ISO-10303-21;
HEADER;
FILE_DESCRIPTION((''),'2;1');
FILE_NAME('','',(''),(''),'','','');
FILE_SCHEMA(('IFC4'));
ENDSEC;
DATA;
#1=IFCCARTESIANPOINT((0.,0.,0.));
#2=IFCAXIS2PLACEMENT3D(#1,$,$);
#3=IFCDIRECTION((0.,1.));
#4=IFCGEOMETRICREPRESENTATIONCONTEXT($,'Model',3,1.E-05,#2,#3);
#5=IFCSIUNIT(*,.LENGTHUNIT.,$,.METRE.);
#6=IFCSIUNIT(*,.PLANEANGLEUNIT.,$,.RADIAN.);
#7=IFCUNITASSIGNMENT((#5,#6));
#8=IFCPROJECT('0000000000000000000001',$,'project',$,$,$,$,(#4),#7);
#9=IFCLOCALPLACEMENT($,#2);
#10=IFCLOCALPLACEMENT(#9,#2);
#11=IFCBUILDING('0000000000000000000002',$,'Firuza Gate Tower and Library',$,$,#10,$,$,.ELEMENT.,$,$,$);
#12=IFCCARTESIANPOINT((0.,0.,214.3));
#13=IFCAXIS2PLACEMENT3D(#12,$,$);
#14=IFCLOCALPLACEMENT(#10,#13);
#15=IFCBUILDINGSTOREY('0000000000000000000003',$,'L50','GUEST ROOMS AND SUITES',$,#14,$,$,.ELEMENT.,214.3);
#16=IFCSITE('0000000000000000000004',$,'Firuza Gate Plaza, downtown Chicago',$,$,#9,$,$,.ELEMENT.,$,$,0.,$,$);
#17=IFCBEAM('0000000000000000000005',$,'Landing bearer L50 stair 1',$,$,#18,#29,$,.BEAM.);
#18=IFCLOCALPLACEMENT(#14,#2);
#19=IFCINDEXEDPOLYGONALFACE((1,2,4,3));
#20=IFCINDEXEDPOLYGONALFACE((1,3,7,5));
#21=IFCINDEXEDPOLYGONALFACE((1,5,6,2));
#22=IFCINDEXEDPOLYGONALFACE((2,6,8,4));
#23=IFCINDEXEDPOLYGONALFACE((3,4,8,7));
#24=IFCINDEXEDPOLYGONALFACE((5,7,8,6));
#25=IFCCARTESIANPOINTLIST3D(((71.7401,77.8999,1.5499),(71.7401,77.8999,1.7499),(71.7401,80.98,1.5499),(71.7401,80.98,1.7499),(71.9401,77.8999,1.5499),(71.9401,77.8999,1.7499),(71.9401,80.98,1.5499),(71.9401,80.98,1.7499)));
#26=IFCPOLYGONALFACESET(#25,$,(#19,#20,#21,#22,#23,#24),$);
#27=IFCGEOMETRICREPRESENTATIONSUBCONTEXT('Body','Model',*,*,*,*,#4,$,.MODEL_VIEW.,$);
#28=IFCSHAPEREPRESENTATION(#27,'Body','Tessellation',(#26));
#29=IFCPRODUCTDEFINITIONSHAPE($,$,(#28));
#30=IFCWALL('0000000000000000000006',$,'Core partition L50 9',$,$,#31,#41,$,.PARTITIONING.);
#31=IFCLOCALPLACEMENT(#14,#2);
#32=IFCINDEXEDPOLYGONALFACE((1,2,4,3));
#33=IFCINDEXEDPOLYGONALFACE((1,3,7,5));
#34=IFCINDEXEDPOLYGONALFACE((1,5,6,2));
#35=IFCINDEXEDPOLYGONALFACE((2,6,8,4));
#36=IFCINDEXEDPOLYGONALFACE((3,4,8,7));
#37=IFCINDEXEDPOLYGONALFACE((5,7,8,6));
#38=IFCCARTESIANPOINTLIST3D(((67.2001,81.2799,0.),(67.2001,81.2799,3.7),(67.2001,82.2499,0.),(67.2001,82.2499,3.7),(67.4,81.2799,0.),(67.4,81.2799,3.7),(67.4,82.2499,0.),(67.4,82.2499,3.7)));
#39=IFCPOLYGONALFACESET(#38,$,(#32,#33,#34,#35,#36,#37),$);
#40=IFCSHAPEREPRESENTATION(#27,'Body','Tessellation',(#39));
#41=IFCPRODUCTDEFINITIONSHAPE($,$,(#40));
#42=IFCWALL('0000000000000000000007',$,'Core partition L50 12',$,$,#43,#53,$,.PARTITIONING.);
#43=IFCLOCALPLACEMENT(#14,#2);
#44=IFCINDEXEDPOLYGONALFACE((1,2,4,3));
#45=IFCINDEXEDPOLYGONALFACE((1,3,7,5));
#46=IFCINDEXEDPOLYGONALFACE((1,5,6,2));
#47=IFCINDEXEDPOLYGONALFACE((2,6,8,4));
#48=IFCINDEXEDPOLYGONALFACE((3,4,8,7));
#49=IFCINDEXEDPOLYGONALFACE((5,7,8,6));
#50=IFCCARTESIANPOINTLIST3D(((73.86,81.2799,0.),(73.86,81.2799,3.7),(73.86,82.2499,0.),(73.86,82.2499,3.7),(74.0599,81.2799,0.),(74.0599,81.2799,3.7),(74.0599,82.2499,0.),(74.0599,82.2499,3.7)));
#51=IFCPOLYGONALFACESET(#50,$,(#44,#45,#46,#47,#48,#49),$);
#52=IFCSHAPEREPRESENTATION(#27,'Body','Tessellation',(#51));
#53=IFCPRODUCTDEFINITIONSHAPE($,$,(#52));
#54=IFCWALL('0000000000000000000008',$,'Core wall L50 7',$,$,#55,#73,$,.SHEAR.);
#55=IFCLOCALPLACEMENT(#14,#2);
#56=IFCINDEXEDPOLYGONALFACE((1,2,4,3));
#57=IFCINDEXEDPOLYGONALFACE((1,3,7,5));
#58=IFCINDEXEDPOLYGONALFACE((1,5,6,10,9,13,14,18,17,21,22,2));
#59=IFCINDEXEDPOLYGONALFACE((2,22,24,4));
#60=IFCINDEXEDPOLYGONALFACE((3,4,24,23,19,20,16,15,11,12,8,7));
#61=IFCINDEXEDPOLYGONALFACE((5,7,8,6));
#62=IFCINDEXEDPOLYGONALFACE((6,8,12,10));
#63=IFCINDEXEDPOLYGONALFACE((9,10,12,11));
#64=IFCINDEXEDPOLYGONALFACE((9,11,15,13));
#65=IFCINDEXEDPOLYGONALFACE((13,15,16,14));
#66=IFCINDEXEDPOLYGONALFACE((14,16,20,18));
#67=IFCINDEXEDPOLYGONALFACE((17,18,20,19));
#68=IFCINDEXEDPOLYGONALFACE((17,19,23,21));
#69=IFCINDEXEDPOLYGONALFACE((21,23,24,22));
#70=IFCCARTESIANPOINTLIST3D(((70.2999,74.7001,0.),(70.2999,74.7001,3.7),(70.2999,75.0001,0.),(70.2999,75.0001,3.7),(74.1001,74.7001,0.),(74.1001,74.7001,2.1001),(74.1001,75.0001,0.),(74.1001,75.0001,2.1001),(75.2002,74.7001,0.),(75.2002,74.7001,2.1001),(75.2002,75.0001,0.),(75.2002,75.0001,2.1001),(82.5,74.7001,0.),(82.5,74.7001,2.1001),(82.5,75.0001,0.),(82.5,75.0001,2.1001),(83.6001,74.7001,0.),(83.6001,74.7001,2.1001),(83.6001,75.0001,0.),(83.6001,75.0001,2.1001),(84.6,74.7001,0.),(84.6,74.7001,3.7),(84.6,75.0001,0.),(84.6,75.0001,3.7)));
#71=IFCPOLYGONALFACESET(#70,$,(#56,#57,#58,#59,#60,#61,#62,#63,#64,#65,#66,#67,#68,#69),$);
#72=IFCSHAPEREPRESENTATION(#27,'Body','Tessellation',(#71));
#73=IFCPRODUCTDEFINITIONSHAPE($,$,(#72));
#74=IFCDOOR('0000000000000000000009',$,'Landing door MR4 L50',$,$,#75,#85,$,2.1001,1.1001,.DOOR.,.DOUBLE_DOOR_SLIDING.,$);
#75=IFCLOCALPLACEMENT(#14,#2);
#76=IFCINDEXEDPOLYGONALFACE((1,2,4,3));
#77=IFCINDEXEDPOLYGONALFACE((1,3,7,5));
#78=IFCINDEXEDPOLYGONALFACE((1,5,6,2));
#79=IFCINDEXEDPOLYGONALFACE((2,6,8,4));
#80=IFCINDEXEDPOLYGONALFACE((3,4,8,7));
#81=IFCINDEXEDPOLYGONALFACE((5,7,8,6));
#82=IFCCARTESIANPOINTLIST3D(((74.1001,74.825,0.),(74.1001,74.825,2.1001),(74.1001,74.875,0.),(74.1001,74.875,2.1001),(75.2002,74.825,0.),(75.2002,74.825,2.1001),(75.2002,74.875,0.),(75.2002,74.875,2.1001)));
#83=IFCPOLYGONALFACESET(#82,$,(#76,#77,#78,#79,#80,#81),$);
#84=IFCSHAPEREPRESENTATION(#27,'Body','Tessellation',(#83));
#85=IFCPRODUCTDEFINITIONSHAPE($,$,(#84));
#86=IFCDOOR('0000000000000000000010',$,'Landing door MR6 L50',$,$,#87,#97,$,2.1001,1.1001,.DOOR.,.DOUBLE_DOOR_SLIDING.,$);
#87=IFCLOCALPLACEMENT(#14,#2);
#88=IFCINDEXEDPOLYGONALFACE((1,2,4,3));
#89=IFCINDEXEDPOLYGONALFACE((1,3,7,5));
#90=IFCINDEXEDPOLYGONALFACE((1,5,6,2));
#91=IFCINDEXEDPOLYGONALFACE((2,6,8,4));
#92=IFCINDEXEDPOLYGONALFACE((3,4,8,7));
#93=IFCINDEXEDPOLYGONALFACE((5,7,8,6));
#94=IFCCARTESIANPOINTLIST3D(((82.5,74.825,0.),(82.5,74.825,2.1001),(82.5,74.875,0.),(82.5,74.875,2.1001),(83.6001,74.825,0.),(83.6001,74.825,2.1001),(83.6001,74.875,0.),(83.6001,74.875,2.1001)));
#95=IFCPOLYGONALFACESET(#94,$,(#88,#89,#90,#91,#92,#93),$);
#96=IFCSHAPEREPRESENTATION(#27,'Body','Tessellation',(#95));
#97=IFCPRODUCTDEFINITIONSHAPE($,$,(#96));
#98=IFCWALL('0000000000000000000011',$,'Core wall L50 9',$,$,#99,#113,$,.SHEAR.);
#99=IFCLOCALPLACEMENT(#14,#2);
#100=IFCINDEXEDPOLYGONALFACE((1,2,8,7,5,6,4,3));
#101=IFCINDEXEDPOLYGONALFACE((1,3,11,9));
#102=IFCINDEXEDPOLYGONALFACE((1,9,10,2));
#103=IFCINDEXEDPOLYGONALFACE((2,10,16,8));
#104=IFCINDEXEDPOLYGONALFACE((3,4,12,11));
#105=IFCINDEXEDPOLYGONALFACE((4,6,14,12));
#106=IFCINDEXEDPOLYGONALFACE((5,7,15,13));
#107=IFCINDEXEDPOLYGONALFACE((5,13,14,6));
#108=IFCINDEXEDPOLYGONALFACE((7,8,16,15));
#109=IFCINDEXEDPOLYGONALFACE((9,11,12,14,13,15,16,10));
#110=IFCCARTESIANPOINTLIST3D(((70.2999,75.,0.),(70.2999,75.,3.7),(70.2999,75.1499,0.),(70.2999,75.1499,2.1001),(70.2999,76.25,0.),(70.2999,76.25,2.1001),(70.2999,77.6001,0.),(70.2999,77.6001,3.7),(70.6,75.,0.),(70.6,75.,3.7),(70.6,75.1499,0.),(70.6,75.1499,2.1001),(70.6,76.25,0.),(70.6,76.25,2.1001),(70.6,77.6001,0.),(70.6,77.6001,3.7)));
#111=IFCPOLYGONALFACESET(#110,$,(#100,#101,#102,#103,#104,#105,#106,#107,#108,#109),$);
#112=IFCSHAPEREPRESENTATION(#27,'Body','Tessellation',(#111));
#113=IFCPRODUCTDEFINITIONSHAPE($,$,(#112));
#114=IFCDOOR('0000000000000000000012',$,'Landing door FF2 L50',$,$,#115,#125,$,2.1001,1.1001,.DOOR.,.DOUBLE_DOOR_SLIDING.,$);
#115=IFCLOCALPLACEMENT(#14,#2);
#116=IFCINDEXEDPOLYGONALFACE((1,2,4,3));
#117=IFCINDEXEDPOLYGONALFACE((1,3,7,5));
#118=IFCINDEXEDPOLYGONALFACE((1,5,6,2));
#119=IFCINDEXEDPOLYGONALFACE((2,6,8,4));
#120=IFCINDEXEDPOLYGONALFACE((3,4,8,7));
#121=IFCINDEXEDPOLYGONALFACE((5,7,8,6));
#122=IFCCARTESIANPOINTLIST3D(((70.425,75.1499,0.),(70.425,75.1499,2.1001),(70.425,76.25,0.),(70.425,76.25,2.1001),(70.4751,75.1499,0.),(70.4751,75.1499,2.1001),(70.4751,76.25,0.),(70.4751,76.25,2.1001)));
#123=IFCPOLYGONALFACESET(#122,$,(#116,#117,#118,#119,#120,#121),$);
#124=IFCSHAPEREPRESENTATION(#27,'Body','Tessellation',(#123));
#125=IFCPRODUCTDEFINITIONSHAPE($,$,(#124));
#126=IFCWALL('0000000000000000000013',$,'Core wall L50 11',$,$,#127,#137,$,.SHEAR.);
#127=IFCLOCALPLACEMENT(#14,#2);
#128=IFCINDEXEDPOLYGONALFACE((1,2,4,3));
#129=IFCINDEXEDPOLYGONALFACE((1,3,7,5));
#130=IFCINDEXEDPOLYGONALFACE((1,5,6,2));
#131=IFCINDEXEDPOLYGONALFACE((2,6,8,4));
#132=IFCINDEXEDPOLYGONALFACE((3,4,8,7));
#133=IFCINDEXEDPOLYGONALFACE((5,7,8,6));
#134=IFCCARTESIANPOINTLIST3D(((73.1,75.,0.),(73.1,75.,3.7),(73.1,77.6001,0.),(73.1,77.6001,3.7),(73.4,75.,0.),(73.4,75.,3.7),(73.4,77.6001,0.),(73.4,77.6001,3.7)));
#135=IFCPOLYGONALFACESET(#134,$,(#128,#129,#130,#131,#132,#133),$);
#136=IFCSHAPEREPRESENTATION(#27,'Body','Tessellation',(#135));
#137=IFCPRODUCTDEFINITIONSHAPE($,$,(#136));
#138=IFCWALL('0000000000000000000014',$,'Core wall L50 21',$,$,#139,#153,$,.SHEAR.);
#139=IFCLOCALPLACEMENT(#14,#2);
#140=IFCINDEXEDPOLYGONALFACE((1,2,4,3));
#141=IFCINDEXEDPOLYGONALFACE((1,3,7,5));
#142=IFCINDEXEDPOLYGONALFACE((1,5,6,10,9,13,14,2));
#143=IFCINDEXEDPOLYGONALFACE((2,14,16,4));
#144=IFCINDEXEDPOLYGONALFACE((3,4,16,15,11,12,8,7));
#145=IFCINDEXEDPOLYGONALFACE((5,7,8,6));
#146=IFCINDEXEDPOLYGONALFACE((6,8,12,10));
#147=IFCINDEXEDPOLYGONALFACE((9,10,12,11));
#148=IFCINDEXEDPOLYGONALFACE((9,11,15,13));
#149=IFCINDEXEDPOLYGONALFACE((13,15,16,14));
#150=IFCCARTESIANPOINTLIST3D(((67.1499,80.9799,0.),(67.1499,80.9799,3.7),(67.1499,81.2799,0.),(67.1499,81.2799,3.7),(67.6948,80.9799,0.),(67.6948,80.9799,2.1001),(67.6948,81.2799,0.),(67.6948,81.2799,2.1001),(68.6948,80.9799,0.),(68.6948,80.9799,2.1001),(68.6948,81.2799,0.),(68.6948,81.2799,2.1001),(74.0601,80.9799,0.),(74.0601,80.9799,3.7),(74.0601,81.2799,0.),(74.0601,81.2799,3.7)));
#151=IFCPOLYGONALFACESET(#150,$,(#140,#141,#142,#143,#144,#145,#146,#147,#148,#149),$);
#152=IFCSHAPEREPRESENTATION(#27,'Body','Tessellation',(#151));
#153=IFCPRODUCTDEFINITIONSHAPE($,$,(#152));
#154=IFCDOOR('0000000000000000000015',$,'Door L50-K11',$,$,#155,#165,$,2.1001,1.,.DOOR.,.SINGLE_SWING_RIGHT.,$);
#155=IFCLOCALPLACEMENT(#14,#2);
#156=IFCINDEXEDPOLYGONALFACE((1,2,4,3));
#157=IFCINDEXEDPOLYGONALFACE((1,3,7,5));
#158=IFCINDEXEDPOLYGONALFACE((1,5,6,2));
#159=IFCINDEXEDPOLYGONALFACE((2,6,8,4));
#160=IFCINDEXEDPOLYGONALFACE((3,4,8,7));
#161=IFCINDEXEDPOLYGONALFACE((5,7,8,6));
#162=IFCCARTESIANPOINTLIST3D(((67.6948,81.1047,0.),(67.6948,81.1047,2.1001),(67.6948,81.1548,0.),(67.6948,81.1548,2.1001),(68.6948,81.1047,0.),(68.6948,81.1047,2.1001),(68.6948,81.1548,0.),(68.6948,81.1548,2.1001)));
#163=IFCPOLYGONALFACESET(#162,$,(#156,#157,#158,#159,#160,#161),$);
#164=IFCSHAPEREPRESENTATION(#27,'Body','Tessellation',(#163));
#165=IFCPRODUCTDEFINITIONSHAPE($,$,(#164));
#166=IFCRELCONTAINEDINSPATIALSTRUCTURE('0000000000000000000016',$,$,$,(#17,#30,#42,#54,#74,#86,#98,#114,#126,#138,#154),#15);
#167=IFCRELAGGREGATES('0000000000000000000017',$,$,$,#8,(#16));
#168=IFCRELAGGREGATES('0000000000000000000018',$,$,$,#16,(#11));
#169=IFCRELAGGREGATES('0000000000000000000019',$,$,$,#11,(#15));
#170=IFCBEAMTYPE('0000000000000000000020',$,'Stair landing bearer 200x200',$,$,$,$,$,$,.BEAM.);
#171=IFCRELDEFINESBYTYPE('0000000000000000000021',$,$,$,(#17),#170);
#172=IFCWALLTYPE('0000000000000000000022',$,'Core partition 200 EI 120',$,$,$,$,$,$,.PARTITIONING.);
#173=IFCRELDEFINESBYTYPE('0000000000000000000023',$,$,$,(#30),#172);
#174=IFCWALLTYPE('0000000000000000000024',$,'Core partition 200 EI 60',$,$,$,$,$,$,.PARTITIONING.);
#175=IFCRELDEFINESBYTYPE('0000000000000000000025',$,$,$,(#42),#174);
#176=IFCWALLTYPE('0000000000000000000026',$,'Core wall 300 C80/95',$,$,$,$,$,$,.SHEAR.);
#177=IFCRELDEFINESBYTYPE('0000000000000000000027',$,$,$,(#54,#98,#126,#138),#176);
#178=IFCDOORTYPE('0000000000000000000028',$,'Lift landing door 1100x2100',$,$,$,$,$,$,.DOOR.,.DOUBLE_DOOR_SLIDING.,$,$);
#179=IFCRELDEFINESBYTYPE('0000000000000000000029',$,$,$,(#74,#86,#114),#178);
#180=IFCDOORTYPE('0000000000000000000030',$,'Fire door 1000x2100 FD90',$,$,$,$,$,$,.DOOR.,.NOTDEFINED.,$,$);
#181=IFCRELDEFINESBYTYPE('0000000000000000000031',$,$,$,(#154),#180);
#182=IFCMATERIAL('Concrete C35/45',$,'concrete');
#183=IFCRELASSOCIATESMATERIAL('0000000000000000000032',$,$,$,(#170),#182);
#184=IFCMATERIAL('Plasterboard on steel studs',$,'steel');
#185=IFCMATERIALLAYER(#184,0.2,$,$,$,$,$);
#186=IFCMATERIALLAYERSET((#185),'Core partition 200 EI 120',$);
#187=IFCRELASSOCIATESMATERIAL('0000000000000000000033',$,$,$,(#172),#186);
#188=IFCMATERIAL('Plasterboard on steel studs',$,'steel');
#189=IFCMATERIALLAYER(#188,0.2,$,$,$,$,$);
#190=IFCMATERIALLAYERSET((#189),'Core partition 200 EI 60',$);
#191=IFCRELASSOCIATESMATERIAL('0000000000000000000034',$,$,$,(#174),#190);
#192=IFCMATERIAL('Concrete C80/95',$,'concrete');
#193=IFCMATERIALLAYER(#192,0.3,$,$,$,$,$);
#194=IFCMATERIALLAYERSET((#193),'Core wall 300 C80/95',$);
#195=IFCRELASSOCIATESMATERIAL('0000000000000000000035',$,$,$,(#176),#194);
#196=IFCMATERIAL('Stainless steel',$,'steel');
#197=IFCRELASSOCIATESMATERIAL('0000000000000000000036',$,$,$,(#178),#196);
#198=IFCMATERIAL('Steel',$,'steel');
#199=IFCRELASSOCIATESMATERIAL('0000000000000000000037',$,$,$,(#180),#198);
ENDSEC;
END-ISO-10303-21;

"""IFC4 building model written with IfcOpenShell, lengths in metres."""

from ifc_helpers import new_model, si_unit, direction, frame, frame_2d, origin, origin_2d, place, context, subcontext, project, spatial, rectangle, extrude, material, layer, layer_set, material_profile, profile_set, type_object, element, fill, save


model = new_model("IFC4")

# Units and contexts
model_context = context("Model", 3, precision=1e-05, world=origin(), true_north=direction((0.0, 1.0)))
body_context = subcontext(model_context, "Body", "Model", "MODEL_VIEW")
ifc_project = project(units=[si_unit("LENGTHUNIT", "METRE"), si_unit("PLANEANGLEUNIT", "RADIAN")], contexts=[model_context])

# Site, building, storey
site_placement = place(None, origin())
site = spatial("IfcSite", under=ifc_project, at=site_placement, Name="Firuza Gate Plaza, downtown Chicago", CompositionType="ELEMENT", RefElevation=0.0)
building_placement = place(site_placement, origin())
building = spatial("IfcBuilding", under=site, at=building_placement, Name="Firuza Gate Tower and Library", CompositionType="ELEMENT")
storey_placement = place(building_placement, frame((0.0, 0.0, 214.3)))
storey = spatial("IfcBuildingStorey", under=building, at=storey_placement, Name="L50", Description="GUEST ROOMS AND SUITES", CompositionType="ELEMENT", Elevation=214.3)

# Beam
ifc_material_1 = material(Name="Concrete C35/45", Category="concrete")
ifc_material_profile = material_profile(ifc_material_1, rectangle(XDim=0.2, YDim=0.2, at=origin_2d()))
ifc_profile_set = profile_set([ifc_material_profile], Name="Concrete C35/45")
beam_type = type_object("IfcBeamType", Name="Stair landing bearer 200x200", PredefinedType="BEAM", material=ifc_profile_set)
beam_placement = place(storey_placement, frame((71.8401, 77.8999, 1.6499), z_axis=(0.0, 1.0, 0.0), x_axis=(-1.0, 0.0, 0.0)))
element("IfcBeam", 1, at=beam_placement, inside=storey, type_object=beam_type, Name="Landing bearer L50 stair 1", PredefinedType="BEAM", context=body_context, shape_type="SweptSolid", body=[
    extrude(rectangle(XDim=0.2, YDim=0.2, at=origin_2d()), origin(), (0.0, 0.0, 1.0), 3.0801),
])

# Walls
ifc_material_2 = material(Name="Plasterboard on steel studs", Category="steel")
ifc_layer_1 = layer(ifc_material_2, 0.2)
ifc_layer_set_1 = layer_set([ifc_layer_1], Name="Core partition 200 EI 120")
wall_type_1 = type_object("IfcWallType", Name="Core partition 200 EI 120", PredefinedType="PARTITIONING", material=ifc_layer_set_1)
wall_1_placement = place(storey_placement, frame((67.3, 81.28, 0.0), z_axis=(0.0, 0.0, 1.0), x_axis=(0.0, 1.0, 0.0)))
element("IfcWall", 2, at=wall_1_placement, inside=storey, type_object=wall_type_1, Name="Core partition L50 9", PredefinedType="PARTITIONING", context=body_context, shape_type="SweptSolid", body=[
    extrude(rectangle(XDim=0.97, YDim=0.2, at=frame_2d((0.4849, 0.0))), origin(), (0.0, 0.0, 1.0), 3.7),
])
ifc_material_3 = material(Name="Plasterboard on steel studs", Category="steel")
ifc_layer_2 = layer(ifc_material_3, 0.2)
ifc_layer_set_2 = layer_set([ifc_layer_2], Name="Core partition 200 EI 60")
wall_type_2 = type_object("IfcWallType", Name="Core partition 200 EI 60", PredefinedType="PARTITIONING", material=ifc_layer_set_2)
wall_2_placement = place(storey_placement, frame((73.96, 81.28, 0.0), z_axis=(0.0, 0.0, 1.0), x_axis=(0.0, 1.0, 0.0)))
element("IfcWall", 3, at=wall_2_placement, inside=storey, type_object=wall_type_2, Name="Core partition L50 12", PredefinedType="PARTITIONING", context=body_context, shape_type="SweptSolid", body=[
    extrude(rectangle(XDim=0.97, YDim=0.2, at=frame_2d((0.4849, 0.0))), origin(), (0.0, 0.0, 1.0), 3.7),
])

# Wall, openings, doors
ifc_material_4 = material(Name="Concrete C80/95", Category="concrete")
ifc_layer_3 = layer(ifc_material_4, 0.3)
ifc_layer_set_3 = layer_set([ifc_layer_3], Name="Core wall 300 C80/95")
wall_type_3 = type_object("IfcWallType", Name="Core wall 300 C80/95", PredefinedType="SHEAR", material=ifc_layer_set_3)
wall_3_placement = place(storey_placement, frame((70.3, 74.8501, 0.0), z_axis=(0.0, 0.0, 1.0), x_axis=(1.0, 0.0, 0.0)))
wall_3 = element("IfcWall", 4, at=wall_3_placement, inside=storey, type_object=wall_type_3, Name="Core wall L50 7", PredefinedType="SHEAR", context=body_context, shape_type="SweptSolid", body=[
    extrude(rectangle(XDim=14.3, YDim=0.3, at=frame_2d((7.1499, 0.0))), origin(), (0.0, 0.0, 1.0), 3.7),
])
opening_1_placement = place(wall_3_placement, frame((3.8, 0.0, 0.0)))
opening_1 = element("IfcOpeningElement", 5, at=opening_1_placement, cuts=wall_3, PredefinedType="OPENING", context=body_context, shape_type="SweptSolid", body=[
    extrude(rectangle(XDim=1.1001, YDim=2.1001, at=frame_2d((0.55, 1.05))), frame((0.0, 0.1602, 0.0), z_axis=(0.0, -1.0, 0.0), x_axis=(1.0, 0.0, 0.0)), (0.0, 0.0, 1.0), 0.3201),
])
opening_2_placement = place(wall_3_placement, frame((12.2, 0.0, 0.0)))
opening_2 = element("IfcOpeningElement", 6, at=opening_2_placement, cuts=wall_3, PredefinedType="OPENING", context=body_context, shape_type="SweptSolid", body=[
    extrude(rectangle(XDim=1.1001, YDim=2.1001, at=frame_2d((0.55, 1.05))), frame((0.0, 0.1602, 0.0), z_axis=(0.0, -1.0, 0.0), x_axis=(1.0, 0.0, 0.0)), (0.0, 0.0, 1.0), 0.3201),
])
ifc_material_5 = material(Name="Stainless steel", Category="steel")
door_type_1 = type_object("IfcDoorType", Name="Lift landing door 1100x2100", OperationType="DOUBLE_DOOR_SLIDING", PredefinedType="DOOR", material=ifc_material_5)
door_1_placement = place(opening_1_placement, origin())
door_1 = element("IfcDoor", 7, at=door_1_placement, inside=storey, type_object=door_type_1, Name="Landing door MR4 L50", OperationType="DOUBLE_DOOR_SLIDING", OverallHeight=2.1001, OverallWidth=1.1001, PredefinedType="DOOR", context=body_context, shape_type="SweptSolid", body=[
    extrude(rectangle(XDim=1.1001, YDim=2.1001, at=frame_2d((0.55, 1.05))), frame((0.0, 0.0249, 0.0), z_axis=(0.0, -1.0, 0.0), x_axis=(1.0, 0.0, 0.0)), (0.0, 0.0, 1.0), 0.05),
])
fill(opening_1, door_1)
door_2_placement = place(opening_2_placement, origin())
door_2 = element("IfcDoor", 8, at=door_2_placement, inside=storey, type_object=door_type_1, Name="Landing door MR6 L50", OperationType="DOUBLE_DOOR_SLIDING", OverallHeight=2.1001, OverallWidth=1.1001, PredefinedType="DOOR", context=body_context, shape_type="SweptSolid", body=[
    extrude(rectangle(XDim=1.1001, YDim=2.1001, at=frame_2d((0.55, 1.05))), frame((0.0, 0.0249, 0.0), z_axis=(0.0, -1.0, 0.0), x_axis=(1.0, 0.0, 0.0)), (0.0, 0.0, 1.0), 0.05),
])
fill(opening_2, door_2)

# Wall, opening, door
wall_4_placement = place(storey_placement, frame((70.45, 75.0, 0.0), z_axis=(0.0, 0.0, 1.0), x_axis=(0.0, 1.0, 0.0)))
wall_4 = element("IfcWall", 9, at=wall_4_placement, inside=storey, type_object=wall_type_3, Name="Core wall L50 9", PredefinedType="SHEAR", context=body_context, shape_type="SweptSolid", body=[
    extrude(rectangle(XDim=2.6001, YDim=0.3, at=frame_2d((1.3, 0.0))), origin(), (0.0, 0.0, 1.0), 3.7),
])
opening_3_placement = place(wall_4_placement, frame((0.1499, 0.0, 0.0)))
opening_3 = element("IfcOpeningElement", 10, at=opening_3_placement, cuts=wall_4, PredefinedType="OPENING", context=body_context, shape_type="SweptSolid", body=[
    extrude(rectangle(XDim=1.1001, YDim=2.1001, at=frame_2d((0.55, 1.05))), frame((0.0, 0.1602, 0.0), z_axis=(0.0, -1.0, 0.0), x_axis=(1.0, 0.0, 0.0)), (0.0, 0.0, 1.0), 0.3201),
])
door_3_placement = place(opening_3_placement, origin())
door_3 = element("IfcDoor", 11, at=door_3_placement, inside=storey, type_object=door_type_1, Name="Landing door FF2 L50", OperationType="DOUBLE_DOOR_SLIDING", OverallHeight=2.1001, OverallWidth=1.1001, PredefinedType="DOOR", context=body_context, shape_type="SweptSolid", body=[
    extrude(rectangle(XDim=1.1001, YDim=2.1001, at=frame_2d((0.55, 1.05))), frame((0.0, 0.0249, 0.0), z_axis=(0.0, -1.0, 0.0), x_axis=(1.0, 0.0, 0.0)), (0.0, 0.0, 1.0), 0.05),
])
fill(opening_3, door_3)

# Wall
wall_5_placement = place(storey_placement, frame((73.25, 75.0, 0.0), z_axis=(0.0, 0.0, 1.0), x_axis=(0.0, 1.0, 0.0)))
element("IfcWall", 12, at=wall_5_placement, inside=storey, type_object=wall_type_3, Name="Core wall L50 11", PredefinedType="SHEAR", context=body_context, shape_type="SweptSolid", body=[
    extrude(rectangle(XDim=2.6001, YDim=0.3, at=frame_2d((1.3, 0.0))), origin(), (0.0, 0.0, 1.0), 3.7),
])

# Wall, opening, door
wall_6_placement = place(storey_placement, frame((67.1499, 81.1299, 0.0), z_axis=(0.0, 0.0, 1.0), x_axis=(1.0, 0.0, 0.0)))
wall_6 = element("IfcWall", 13, at=wall_6_placement, inside=storey, type_object=wall_type_3, Name="Core wall L50 21", PredefinedType="SHEAR", context=body_context, shape_type="SweptSolid", body=[
    extrude(rectangle(XDim=6.9102, YDim=0.3, at=frame_2d((3.4551, 0.0))), origin(), (0.0, 0.0, 1.0), 3.7),
])
opening_4_placement = place(wall_6_placement, frame((0.5449, 0.0, 0.0)))
opening_4 = element("IfcOpeningElement", 14, at=opening_4_placement, cuts=wall_6, PredefinedType="OPENING", context=body_context, shape_type="SweptSolid", body=[
    extrude(rectangle(XDim=1.0, YDim=2.1001, at=frame_2d((0.5, 1.05))), frame((0.0, 0.1602, 0.0), z_axis=(0.0, -1.0, 0.0), x_axis=(1.0, 0.0, 0.0)), (0.0, 0.0, 1.0), 0.3201),
])
ifc_material_6 = material(Name="Steel", Category="steel")
door_type_2 = type_object("IfcDoorType", Name="Fire door 1000x2100 FD90", OperationType="NOTDEFINED", PredefinedType="DOOR", material=ifc_material_6)
door_4_placement = place(opening_4_placement, origin())
door_4 = element("IfcDoor", 15, at=door_4_placement, inside=storey, type_object=door_type_2, Name="Door L50-K11", OperationType="SINGLE_SWING_RIGHT", OverallHeight=2.1001, OverallWidth=1.0, PredefinedType="DOOR", context=body_context, shape_type="SweptSolid", body=[
    extrude(rectangle(XDim=1.0, YDim=2.1001, at=frame_2d((0.5, 1.05))), frame((0.0, 0.0249, 0.0), z_axis=(0.0, -1.0, 0.0), x_axis=(1.0, 0.0, 0.0)), (0.0, 0.0, 1.0), 0.05),
])
fill(opening_4, door_4)

save(model, "model.ifc")
